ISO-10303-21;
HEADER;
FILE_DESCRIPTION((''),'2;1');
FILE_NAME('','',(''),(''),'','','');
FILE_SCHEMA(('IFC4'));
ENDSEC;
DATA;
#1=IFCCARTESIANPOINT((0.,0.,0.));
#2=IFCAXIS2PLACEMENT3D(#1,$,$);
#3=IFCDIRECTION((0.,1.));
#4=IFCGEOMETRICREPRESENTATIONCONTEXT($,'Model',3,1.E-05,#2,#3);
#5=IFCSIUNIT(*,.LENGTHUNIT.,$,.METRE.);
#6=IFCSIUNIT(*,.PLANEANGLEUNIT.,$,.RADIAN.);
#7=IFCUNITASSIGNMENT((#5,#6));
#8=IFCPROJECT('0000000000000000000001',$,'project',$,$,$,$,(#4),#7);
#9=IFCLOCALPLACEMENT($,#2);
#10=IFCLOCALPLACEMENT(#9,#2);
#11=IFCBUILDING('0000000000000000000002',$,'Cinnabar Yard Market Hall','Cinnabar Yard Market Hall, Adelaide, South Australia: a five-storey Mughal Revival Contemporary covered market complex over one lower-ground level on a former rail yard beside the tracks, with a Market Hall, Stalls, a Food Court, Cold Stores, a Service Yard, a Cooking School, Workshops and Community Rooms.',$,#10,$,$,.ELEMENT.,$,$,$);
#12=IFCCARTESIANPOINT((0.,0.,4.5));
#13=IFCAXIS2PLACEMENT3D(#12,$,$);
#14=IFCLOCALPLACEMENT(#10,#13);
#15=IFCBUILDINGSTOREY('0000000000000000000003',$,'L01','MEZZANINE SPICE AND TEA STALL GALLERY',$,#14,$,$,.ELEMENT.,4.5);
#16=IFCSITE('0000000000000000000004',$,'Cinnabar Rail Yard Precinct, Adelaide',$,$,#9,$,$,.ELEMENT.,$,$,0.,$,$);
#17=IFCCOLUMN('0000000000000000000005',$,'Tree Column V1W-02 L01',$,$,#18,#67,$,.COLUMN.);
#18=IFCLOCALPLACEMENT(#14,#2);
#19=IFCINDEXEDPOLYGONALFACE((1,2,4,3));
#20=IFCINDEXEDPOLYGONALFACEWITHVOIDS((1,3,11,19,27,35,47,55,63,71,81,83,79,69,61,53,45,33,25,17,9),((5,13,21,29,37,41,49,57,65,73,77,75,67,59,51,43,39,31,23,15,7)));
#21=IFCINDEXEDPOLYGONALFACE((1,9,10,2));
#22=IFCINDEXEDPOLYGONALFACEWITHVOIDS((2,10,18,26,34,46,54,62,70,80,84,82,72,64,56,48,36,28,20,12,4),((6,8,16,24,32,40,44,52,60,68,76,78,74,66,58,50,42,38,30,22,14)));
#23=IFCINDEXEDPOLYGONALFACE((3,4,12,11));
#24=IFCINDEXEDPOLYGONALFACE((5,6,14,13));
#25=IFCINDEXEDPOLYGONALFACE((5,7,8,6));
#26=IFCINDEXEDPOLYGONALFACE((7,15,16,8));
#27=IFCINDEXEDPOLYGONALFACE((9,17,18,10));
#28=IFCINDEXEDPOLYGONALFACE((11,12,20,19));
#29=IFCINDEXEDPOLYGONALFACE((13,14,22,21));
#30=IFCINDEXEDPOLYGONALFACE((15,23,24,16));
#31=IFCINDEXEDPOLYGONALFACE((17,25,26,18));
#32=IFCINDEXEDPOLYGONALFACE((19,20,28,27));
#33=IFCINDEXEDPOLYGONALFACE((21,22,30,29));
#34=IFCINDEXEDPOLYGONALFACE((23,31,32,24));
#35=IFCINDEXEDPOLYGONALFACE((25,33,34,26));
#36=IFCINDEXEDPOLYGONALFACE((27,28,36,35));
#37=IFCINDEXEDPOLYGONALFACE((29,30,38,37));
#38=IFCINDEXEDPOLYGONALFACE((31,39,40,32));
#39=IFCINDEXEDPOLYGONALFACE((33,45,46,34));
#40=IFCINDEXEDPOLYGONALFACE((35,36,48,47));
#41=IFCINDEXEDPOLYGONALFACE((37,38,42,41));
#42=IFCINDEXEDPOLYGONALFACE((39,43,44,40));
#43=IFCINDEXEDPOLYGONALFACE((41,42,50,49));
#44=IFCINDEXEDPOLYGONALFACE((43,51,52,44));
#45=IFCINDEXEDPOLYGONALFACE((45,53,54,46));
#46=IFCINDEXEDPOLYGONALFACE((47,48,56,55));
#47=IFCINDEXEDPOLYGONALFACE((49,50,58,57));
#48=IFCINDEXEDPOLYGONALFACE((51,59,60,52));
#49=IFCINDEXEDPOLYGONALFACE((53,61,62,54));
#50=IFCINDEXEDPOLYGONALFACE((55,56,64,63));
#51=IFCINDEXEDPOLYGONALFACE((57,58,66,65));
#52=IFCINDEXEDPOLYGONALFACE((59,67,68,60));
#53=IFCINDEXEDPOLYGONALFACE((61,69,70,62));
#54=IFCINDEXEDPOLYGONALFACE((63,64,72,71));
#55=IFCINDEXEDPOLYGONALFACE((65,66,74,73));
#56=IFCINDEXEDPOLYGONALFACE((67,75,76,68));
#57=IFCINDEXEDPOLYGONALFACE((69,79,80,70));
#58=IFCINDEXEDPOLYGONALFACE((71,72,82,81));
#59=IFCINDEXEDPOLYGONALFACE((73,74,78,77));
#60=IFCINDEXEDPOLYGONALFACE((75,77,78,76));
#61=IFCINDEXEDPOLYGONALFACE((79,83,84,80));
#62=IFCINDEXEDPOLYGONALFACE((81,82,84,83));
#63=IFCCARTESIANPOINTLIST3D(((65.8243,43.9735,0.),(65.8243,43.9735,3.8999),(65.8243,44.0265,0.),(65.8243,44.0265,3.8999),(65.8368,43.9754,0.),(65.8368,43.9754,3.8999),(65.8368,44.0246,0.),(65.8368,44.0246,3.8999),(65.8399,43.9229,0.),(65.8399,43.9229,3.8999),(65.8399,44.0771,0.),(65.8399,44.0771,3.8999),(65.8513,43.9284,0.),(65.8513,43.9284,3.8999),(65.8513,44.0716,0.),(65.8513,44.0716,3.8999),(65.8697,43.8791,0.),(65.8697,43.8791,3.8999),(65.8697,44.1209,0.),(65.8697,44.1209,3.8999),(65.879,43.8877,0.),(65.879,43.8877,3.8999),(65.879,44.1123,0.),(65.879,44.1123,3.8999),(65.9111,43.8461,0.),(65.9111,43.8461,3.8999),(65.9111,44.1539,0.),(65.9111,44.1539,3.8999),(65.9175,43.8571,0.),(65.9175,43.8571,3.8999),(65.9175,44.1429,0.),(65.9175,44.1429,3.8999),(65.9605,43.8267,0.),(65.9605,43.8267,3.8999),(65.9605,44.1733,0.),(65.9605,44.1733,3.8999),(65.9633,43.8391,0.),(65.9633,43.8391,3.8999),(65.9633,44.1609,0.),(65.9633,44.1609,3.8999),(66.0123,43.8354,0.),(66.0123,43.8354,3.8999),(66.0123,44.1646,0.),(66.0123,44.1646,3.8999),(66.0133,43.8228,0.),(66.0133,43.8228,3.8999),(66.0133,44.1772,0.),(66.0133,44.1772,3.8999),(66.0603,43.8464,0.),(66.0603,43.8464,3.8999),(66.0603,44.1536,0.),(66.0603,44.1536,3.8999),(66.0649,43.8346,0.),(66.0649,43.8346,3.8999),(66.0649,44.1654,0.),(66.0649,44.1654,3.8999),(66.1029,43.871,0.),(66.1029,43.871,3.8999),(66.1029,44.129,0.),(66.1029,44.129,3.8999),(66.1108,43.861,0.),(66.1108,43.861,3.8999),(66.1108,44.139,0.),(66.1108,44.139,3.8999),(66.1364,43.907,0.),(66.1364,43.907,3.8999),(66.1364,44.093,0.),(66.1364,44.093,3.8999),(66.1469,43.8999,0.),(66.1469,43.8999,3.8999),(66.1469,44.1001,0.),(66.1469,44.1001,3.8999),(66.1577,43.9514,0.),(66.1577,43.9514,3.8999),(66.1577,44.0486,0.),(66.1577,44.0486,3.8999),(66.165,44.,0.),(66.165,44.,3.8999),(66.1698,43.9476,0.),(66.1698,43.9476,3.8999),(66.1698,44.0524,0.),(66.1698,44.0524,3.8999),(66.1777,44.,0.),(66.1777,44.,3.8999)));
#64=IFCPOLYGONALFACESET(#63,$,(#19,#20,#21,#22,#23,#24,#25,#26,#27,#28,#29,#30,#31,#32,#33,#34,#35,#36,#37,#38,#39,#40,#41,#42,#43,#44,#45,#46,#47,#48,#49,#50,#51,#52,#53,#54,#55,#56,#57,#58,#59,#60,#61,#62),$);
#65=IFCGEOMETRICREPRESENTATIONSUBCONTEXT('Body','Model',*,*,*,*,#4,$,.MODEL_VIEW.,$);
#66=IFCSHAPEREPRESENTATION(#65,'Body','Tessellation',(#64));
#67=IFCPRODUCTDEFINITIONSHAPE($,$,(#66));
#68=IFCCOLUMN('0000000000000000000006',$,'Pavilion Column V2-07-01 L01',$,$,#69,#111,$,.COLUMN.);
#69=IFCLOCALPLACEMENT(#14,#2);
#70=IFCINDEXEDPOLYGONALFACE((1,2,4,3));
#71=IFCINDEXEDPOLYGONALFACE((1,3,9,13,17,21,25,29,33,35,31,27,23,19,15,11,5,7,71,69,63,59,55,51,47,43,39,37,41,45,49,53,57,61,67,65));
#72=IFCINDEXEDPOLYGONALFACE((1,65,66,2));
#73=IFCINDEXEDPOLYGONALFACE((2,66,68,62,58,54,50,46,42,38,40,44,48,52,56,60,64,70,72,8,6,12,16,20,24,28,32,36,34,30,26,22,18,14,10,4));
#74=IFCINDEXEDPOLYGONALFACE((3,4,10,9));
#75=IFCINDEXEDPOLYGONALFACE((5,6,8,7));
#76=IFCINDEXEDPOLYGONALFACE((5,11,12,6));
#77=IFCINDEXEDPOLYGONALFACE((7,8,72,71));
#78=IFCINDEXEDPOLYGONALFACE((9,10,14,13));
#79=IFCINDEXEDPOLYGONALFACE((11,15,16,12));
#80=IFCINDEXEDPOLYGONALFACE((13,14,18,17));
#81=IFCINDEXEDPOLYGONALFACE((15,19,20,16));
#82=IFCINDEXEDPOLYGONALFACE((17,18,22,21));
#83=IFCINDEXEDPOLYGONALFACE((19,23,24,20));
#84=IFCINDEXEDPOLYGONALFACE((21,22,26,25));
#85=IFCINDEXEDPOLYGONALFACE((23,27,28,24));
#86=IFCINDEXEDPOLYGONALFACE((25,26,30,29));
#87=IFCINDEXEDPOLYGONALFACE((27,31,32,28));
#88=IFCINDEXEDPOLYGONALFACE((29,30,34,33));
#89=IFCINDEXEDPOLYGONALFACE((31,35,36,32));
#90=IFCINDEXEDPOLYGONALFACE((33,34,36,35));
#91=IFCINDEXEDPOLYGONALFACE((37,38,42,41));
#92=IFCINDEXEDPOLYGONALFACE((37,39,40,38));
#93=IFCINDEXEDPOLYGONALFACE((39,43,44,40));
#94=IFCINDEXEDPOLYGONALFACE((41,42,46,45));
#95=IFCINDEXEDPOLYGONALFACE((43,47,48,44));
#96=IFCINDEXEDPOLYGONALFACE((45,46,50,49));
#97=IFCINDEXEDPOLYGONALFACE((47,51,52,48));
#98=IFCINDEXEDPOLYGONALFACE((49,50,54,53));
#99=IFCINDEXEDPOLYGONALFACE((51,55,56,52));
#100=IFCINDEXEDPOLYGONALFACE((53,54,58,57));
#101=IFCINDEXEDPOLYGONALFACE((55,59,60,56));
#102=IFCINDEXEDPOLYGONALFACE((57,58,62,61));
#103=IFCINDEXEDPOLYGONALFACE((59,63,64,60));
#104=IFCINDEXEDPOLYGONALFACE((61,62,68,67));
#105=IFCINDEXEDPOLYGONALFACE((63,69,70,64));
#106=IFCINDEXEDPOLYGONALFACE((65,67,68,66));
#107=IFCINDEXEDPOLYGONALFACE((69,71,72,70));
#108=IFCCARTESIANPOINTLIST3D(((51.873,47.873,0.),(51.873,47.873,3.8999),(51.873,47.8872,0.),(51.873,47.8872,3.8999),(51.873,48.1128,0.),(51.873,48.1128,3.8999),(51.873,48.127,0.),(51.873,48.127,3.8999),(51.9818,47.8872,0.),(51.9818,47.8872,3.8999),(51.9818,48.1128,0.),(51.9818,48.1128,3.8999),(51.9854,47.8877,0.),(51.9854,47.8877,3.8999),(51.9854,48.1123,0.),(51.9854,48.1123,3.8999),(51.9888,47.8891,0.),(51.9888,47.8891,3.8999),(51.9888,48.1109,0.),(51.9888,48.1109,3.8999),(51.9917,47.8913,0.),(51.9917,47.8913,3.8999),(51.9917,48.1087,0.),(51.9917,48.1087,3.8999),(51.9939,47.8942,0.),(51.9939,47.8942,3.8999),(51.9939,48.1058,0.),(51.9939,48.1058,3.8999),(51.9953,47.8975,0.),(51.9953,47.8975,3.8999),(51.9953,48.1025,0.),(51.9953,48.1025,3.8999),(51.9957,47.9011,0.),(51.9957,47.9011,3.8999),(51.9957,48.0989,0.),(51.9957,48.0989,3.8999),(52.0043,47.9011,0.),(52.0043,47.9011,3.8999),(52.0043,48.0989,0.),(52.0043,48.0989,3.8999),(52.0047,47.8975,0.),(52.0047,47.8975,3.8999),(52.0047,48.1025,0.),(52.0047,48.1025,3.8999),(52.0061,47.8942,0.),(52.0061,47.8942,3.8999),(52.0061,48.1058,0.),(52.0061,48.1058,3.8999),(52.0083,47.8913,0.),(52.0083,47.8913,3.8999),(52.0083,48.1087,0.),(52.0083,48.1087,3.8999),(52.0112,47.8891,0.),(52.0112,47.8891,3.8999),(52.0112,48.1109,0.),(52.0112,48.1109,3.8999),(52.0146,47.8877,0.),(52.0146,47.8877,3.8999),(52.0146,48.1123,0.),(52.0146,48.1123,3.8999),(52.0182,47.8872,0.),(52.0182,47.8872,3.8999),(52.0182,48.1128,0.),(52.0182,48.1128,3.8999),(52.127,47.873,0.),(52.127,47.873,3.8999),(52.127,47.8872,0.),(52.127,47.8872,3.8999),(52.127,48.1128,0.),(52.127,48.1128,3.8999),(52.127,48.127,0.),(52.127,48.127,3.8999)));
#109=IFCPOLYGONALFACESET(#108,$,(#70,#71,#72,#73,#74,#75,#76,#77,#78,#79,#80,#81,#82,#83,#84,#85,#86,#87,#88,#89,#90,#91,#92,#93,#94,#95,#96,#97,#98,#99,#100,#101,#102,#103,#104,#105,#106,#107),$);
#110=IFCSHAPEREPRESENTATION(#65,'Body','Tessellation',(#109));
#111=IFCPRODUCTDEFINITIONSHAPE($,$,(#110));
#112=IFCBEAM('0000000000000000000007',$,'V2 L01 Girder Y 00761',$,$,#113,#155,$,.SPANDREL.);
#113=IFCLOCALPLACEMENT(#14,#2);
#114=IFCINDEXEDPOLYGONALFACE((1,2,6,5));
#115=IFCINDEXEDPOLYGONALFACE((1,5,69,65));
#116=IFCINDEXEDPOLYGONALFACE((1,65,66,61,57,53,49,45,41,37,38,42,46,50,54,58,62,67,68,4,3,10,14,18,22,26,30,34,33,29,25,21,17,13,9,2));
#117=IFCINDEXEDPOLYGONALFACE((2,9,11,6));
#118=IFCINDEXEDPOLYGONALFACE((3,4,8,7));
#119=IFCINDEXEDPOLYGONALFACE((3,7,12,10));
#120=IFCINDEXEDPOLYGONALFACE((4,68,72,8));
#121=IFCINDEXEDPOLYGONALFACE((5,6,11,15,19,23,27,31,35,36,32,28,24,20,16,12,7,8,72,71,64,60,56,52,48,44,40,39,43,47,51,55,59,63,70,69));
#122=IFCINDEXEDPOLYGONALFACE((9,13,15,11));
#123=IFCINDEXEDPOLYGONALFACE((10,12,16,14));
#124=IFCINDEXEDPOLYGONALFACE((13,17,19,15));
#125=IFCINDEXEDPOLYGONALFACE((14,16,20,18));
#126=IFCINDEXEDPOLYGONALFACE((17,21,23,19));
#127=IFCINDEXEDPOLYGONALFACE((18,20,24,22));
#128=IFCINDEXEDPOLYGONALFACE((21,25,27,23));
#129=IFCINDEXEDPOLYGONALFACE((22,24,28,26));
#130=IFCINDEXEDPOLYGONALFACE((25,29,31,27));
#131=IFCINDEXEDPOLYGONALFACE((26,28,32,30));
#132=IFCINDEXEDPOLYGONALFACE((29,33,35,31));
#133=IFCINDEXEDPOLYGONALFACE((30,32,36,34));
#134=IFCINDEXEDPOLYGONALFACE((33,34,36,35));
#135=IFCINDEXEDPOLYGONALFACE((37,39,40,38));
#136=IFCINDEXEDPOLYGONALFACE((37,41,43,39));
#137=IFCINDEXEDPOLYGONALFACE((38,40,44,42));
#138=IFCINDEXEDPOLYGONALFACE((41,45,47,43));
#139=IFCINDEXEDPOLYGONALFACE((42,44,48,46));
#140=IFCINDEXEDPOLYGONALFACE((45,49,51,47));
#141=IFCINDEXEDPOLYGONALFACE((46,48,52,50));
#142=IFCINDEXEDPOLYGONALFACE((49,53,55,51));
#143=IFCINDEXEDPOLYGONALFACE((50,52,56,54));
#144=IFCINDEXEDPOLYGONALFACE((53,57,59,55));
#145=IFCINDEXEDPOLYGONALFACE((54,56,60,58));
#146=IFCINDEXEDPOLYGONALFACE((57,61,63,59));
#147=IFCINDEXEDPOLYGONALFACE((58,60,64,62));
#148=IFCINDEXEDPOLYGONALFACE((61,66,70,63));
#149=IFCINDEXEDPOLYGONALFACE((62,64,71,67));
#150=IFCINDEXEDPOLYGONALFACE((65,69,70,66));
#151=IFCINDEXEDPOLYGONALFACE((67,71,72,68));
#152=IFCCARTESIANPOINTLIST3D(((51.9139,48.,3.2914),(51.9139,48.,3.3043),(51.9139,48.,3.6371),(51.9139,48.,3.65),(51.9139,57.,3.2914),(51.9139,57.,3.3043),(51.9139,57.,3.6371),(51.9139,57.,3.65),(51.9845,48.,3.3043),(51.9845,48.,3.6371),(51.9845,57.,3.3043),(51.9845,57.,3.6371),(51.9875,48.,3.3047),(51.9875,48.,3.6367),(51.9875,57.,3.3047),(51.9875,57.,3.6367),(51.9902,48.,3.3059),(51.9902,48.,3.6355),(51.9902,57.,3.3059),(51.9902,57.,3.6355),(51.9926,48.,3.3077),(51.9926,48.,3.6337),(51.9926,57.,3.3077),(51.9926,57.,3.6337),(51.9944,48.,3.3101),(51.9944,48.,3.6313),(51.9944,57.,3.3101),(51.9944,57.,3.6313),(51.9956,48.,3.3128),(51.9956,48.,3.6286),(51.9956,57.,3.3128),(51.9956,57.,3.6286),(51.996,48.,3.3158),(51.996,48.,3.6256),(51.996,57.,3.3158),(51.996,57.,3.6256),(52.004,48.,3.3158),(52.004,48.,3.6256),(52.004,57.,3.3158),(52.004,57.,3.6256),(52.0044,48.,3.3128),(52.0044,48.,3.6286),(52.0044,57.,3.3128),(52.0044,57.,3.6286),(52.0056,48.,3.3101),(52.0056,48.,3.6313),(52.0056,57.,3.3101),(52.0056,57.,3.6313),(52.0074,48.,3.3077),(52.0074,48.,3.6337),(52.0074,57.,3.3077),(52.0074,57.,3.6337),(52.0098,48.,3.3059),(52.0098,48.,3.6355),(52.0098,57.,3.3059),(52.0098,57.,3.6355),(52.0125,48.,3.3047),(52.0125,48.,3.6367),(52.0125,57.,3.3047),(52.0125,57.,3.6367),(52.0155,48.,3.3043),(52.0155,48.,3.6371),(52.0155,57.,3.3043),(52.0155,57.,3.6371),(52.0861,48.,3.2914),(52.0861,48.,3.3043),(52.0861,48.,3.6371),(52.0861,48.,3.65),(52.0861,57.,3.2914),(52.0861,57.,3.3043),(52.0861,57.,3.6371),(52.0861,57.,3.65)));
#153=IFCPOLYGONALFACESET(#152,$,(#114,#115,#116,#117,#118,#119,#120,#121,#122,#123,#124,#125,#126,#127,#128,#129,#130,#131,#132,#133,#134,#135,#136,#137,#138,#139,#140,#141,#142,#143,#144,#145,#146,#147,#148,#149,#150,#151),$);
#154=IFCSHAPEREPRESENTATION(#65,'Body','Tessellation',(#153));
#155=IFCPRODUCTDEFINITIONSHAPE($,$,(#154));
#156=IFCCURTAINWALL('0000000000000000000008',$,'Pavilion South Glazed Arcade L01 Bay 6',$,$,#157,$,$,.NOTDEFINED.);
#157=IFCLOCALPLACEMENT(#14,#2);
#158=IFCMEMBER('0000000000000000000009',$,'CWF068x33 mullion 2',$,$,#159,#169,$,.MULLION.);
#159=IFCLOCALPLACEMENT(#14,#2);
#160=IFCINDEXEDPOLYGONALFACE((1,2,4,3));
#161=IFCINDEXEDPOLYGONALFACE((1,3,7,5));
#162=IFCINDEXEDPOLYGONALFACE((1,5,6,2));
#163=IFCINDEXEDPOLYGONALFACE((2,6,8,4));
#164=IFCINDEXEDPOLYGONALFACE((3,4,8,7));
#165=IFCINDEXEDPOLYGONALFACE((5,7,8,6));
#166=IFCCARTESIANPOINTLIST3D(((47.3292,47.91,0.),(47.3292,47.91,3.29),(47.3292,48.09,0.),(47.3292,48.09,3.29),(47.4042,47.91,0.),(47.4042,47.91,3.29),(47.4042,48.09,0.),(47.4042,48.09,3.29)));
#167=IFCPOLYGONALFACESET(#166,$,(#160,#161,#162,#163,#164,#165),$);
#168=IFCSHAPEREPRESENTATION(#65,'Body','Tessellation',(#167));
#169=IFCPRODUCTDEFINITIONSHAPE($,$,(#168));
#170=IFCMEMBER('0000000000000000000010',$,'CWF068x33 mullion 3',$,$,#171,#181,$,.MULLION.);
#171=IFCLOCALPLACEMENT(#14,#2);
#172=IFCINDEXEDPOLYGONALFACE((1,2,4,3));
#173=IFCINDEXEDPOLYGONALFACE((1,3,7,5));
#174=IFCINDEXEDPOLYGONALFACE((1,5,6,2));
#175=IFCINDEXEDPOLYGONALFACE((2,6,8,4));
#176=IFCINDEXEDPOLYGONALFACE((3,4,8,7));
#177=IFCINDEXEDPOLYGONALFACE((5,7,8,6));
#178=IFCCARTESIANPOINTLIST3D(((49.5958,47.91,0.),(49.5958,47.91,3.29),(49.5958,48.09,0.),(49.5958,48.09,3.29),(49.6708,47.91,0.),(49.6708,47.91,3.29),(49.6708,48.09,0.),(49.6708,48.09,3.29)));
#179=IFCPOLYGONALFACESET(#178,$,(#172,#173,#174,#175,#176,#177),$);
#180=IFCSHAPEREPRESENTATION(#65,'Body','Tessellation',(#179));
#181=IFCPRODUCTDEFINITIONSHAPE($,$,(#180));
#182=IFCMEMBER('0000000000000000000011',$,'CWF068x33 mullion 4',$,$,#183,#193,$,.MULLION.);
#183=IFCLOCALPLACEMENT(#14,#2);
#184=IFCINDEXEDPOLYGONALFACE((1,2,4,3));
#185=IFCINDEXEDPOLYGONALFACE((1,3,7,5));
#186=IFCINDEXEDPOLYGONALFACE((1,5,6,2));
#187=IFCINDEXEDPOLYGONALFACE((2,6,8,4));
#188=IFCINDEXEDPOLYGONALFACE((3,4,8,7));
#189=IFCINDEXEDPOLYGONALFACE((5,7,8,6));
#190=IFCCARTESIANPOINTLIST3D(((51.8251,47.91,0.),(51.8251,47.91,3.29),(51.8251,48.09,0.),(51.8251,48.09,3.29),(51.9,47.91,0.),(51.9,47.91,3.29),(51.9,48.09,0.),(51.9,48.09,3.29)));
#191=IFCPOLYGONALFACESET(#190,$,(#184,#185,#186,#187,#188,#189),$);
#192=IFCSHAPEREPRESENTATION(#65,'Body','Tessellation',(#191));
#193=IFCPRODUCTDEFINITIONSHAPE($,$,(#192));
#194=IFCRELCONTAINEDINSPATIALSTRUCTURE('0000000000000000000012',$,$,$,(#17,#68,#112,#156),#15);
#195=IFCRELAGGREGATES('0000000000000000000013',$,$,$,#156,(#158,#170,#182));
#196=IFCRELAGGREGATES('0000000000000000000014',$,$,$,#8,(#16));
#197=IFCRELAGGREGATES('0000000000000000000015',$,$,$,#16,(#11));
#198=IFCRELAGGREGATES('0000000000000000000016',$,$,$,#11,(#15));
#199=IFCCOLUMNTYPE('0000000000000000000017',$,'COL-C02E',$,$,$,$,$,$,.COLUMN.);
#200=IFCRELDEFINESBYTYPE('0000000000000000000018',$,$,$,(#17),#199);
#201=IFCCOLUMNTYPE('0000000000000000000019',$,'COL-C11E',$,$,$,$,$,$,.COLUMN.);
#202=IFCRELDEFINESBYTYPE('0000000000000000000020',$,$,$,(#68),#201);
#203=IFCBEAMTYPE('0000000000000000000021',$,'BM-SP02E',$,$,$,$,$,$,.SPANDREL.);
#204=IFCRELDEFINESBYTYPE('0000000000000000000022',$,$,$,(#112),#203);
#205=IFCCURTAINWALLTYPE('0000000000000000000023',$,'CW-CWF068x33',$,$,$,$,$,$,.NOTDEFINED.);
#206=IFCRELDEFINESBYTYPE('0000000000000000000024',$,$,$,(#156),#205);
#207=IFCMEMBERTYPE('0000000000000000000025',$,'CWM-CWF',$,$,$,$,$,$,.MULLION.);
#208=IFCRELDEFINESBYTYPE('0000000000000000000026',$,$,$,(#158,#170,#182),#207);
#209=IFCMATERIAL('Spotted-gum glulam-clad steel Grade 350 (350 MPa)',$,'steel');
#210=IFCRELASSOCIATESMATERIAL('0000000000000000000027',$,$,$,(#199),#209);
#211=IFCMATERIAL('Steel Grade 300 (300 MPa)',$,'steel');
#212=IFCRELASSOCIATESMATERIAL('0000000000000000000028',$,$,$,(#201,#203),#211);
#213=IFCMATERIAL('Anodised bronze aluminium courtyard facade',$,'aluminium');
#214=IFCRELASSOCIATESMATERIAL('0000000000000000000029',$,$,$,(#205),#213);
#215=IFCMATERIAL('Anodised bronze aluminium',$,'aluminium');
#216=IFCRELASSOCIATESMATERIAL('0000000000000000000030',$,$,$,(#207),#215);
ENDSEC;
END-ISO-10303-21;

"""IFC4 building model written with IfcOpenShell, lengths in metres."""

from ifc_helpers import new_model, si_unit, direction, frame, origin, origin_2d_with_axis, place, context, subcontext, project, spatial, rectangle, hollow_circle, i_section, extrude, material, material_profile, profile_set, type_object, element, aggregate, save


model = new_model("IFC4")

# Units and contexts
model_context = context("Model", 3, precision=1e-05, world=origin(), true_north=direction((0.0, 1.0)))
body_context = subcontext(model_context, "Body", "Model", "MODEL_VIEW")
ifc_project = project(units=[si_unit("LENGTHUNIT", "METRE"), si_unit("PLANEANGLEUNIT", "RADIAN")], contexts=[model_context])

# Site, building, storey
site_placement = place(None, origin())
site = spatial("IfcSite", under=ifc_project, at=site_placement, Name="Cinnabar Rail Yard Precinct, Adelaide", CompositionType="ELEMENT", RefElevation=0.0)
building_placement = place(site_placement, origin())
building = spatial("IfcBuilding", under=site, at=building_placement, Name="Cinnabar Yard Market Hall", Description="Cinnabar Yard Market Hall, Adelaide, South Australia: a five-storey Mughal Revival Contemporary covered market complex over one lower-ground level on a former rail yard beside the tracks, with a Market Hall, Stalls, a Food Court, Cold Stores, a Service Yard, a Cooking School, Workshops and Community Rooms.", CompositionType="ELEMENT")
storey_placement = place(building_placement, frame((0.0, 0.0, 4.5)))
storey = spatial("IfcBuildingStorey", under=building, at=storey_placement, Name="L01", Description="MEZZANINE SPICE AND TEA STALL GALLERY", CompositionType="ELEMENT", Elevation=4.5)

# Columns
ifc_material_1 = material(Name="Spotted-gum glulam-clad steel Grade 350 (350 MPa)", Category="steel")
ifc_material_profile_1 = material_profile(ifc_material_1, hollow_circle(Radius=0.1777, WallThickness=0.0127, at=origin_2d_with_axis()), Name="355.6x12.7CHS")
ifc_profile_set_1 = profile_set([ifc_material_profile_1], Name="Spotted-gum glulam-clad steel Grade 350 (350 MPa)")
column_type_1 = type_object("IfcColumnType", Name="COL-C02E", PredefinedType="COLUMN", material=ifc_profile_set_1)
column_1_placement = place(storey_placement, frame((66.0, 44.0, 0.0), z_axis=(0.0, 0.0, 1.0), x_axis=(1.0, 0.0, 0.0)))
element("IfcColumn", 1, at=column_1_placement, inside=storey, type_object=column_type_1, Name="Tree Column V1W-02 L01", PredefinedType="COLUMN", context=body_context, shape_type="SweptSolid", body=[
    extrude(hollow_circle(Radius=0.1777, WallThickness=0.0127, at=origin_2d_with_axis()), origin(), (0.0, 0.0, 1.0), 3.8999),
])
ifc_material_2 = material(Name="Steel Grade 300 (300 MPa)", Category="steel")
ifc_material_profile_2 = material_profile(ifc_material_2, i_section(OverallWidth=0.2539, OverallDepth=0.2539, WebThickness=0.0085, FlangeThickness=0.0142, FilletRadius=0.0139, at=origin_2d_with_axis()), Name="250UC72.9")
ifc_profile_set_2 = profile_set([ifc_material_profile_2], Name="Steel Grade 300 (300 MPa)")
column_type_2 = type_object("IfcColumnType", Name="COL-C11E", PredefinedType="COLUMN", material=ifc_profile_set_2)
column_2_placement = place(storey_placement, frame((52.0, 48.0, 0.0), z_axis=(0.0, 0.0, 1.0), x_axis=(1.0, 0.0, 0.0)))
element("IfcColumn", 2, at=column_2_placement, inside=storey, type_object=column_type_2, Name="Pavilion Column V2-07-01 L01", PredefinedType="COLUMN", context=body_context, shape_type="SweptSolid", body=[
    extrude(i_section(OverallWidth=0.2539, OverallDepth=0.2539, WebThickness=0.0085, FlangeThickness=0.0142, FilletRadius=0.0139, at=origin_2d_with_axis()), origin(), (0.0, 0.0, 1.0), 3.8999),
])

# Beam
ifc_material_profile_3 = material_profile(ifc_material_2, i_section(OverallWidth=0.1721, OverallDepth=0.3586, WebThickness=0.0081, FlangeThickness=0.0129, FilletRadius=0.0115, at=origin_2d_with_axis()), Name="360UB56.7")
ifc_profile_set_3 = profile_set([ifc_material_profile_3], Name="Steel Grade 300 (300 MPa)")
beam_type = type_object("IfcBeamType", Name="BM-SP02E", PredefinedType="SPANDREL", material=ifc_profile_set_3)
beam_placement = place(storey_placement, frame((52.0, 48.0, 3.4707), z_axis=(0.0, 1.0, 0.0), x_axis=(-1.0, 0.0, 0.0)))
element("IfcBeam", 3, at=beam_placement, inside=storey, type_object=beam_type, Name="V2 L01 Girder Y 00761", PredefinedType="SPANDREL", context=body_context, shape_type="SweptSolid", body=[
    extrude(i_section(OverallWidth=0.1721, OverallDepth=0.3586, WebThickness=0.0081, FlangeThickness=0.0129, FilletRadius=0.0115, at=origin_2d_with_axis()), origin(), (0.0, 0.0, 1.0), 9.0),
])

# Curtain wall, members
ifc_material_3 = material(Name="Anodised bronze aluminium courtyard facade", Category="aluminium")
curtain_wall_type_1 = type_object("IfcCurtainWallType", Name="CW-CWF068x33", PredefinedType="NOTDEFINED", material=ifc_material_3)
curtain_wall_1_placement = place(storey_placement, origin())
curtain_wall_1 = element("IfcCurtainWall", 4, at=curtain_wall_1_placement, inside=storey, type_object=curtain_wall_type_1, Name="Pavilion South Glazed Arcade L01 Bay 6", PredefinedType="NOTDEFINED")
ifc_material_4 = material(Name="Anodised bronze aluminium", Category="aluminium")
ifc_material_profile_4 = material_profile(ifc_material_4, rectangle(XDim=0.1799, YDim=0.075, at=origin_2d_with_axis()), Name="MUL-CWF")
ifc_profile_set_4 = profile_set([ifc_material_profile_4], Name="Anodised bronze aluminium")
member_type_1 = type_object("IfcMemberType", Name="CWM-CWF", PredefinedType="MULLION", material=ifc_profile_set_4)
member_1_placement = place(storey_placement, frame((47.3667, 48.0, 0.0), z_axis=(0.0, 0.0, 1.0), x_axis=(0.0, 1.0, 0.0)))
member_1 = element("IfcMember", 5, at=member_1_placement, type_object=member_type_1, Name="CWF068x33 mullion 2", PredefinedType="MULLION", context=body_context, shape_type="SweptSolid", body=[
    extrude(rectangle(XDim=0.1799, YDim=0.075, at=origin_2d_with_axis()), origin(), (0.0, 0.0, 1.0), 3.29),
])
member_2_placement = place(storey_placement, frame((49.6333, 48.0, 0.0), z_axis=(0.0, 0.0, 1.0), x_axis=(0.0, 1.0, 0.0)))
member_2 = element("IfcMember", 6, at=member_2_placement, type_object=member_type_1, Name="CWF068x33 mullion 3", PredefinedType="MULLION", context=body_context, shape_type="SweptSolid", body=[
    extrude(rectangle(XDim=0.1799, YDim=0.075, at=origin_2d_with_axis()), origin(), (0.0, 0.0, 1.0), 3.29),
])
member_3_placement = place(storey_placement, frame((51.8625, 48.0, 0.0), z_axis=(0.0, 0.0, 1.0), x_axis=(0.0, 1.0, 0.0)))
member_3 = element("IfcMember", 7, at=member_3_placement, type_object=member_type_1, Name="CWF068x33 mullion 4", PredefinedType="MULLION", context=body_context, shape_type="SweptSolid", body=[
    extrude(rectangle(XDim=0.1799, YDim=0.075, at=origin_2d_with_axis()), origin(), (0.0, 0.0, 1.0), 3.29),
])

aggregate(curtain_wall_1, [member_1, member_2, member_3])

save(model, "model.ifc")
